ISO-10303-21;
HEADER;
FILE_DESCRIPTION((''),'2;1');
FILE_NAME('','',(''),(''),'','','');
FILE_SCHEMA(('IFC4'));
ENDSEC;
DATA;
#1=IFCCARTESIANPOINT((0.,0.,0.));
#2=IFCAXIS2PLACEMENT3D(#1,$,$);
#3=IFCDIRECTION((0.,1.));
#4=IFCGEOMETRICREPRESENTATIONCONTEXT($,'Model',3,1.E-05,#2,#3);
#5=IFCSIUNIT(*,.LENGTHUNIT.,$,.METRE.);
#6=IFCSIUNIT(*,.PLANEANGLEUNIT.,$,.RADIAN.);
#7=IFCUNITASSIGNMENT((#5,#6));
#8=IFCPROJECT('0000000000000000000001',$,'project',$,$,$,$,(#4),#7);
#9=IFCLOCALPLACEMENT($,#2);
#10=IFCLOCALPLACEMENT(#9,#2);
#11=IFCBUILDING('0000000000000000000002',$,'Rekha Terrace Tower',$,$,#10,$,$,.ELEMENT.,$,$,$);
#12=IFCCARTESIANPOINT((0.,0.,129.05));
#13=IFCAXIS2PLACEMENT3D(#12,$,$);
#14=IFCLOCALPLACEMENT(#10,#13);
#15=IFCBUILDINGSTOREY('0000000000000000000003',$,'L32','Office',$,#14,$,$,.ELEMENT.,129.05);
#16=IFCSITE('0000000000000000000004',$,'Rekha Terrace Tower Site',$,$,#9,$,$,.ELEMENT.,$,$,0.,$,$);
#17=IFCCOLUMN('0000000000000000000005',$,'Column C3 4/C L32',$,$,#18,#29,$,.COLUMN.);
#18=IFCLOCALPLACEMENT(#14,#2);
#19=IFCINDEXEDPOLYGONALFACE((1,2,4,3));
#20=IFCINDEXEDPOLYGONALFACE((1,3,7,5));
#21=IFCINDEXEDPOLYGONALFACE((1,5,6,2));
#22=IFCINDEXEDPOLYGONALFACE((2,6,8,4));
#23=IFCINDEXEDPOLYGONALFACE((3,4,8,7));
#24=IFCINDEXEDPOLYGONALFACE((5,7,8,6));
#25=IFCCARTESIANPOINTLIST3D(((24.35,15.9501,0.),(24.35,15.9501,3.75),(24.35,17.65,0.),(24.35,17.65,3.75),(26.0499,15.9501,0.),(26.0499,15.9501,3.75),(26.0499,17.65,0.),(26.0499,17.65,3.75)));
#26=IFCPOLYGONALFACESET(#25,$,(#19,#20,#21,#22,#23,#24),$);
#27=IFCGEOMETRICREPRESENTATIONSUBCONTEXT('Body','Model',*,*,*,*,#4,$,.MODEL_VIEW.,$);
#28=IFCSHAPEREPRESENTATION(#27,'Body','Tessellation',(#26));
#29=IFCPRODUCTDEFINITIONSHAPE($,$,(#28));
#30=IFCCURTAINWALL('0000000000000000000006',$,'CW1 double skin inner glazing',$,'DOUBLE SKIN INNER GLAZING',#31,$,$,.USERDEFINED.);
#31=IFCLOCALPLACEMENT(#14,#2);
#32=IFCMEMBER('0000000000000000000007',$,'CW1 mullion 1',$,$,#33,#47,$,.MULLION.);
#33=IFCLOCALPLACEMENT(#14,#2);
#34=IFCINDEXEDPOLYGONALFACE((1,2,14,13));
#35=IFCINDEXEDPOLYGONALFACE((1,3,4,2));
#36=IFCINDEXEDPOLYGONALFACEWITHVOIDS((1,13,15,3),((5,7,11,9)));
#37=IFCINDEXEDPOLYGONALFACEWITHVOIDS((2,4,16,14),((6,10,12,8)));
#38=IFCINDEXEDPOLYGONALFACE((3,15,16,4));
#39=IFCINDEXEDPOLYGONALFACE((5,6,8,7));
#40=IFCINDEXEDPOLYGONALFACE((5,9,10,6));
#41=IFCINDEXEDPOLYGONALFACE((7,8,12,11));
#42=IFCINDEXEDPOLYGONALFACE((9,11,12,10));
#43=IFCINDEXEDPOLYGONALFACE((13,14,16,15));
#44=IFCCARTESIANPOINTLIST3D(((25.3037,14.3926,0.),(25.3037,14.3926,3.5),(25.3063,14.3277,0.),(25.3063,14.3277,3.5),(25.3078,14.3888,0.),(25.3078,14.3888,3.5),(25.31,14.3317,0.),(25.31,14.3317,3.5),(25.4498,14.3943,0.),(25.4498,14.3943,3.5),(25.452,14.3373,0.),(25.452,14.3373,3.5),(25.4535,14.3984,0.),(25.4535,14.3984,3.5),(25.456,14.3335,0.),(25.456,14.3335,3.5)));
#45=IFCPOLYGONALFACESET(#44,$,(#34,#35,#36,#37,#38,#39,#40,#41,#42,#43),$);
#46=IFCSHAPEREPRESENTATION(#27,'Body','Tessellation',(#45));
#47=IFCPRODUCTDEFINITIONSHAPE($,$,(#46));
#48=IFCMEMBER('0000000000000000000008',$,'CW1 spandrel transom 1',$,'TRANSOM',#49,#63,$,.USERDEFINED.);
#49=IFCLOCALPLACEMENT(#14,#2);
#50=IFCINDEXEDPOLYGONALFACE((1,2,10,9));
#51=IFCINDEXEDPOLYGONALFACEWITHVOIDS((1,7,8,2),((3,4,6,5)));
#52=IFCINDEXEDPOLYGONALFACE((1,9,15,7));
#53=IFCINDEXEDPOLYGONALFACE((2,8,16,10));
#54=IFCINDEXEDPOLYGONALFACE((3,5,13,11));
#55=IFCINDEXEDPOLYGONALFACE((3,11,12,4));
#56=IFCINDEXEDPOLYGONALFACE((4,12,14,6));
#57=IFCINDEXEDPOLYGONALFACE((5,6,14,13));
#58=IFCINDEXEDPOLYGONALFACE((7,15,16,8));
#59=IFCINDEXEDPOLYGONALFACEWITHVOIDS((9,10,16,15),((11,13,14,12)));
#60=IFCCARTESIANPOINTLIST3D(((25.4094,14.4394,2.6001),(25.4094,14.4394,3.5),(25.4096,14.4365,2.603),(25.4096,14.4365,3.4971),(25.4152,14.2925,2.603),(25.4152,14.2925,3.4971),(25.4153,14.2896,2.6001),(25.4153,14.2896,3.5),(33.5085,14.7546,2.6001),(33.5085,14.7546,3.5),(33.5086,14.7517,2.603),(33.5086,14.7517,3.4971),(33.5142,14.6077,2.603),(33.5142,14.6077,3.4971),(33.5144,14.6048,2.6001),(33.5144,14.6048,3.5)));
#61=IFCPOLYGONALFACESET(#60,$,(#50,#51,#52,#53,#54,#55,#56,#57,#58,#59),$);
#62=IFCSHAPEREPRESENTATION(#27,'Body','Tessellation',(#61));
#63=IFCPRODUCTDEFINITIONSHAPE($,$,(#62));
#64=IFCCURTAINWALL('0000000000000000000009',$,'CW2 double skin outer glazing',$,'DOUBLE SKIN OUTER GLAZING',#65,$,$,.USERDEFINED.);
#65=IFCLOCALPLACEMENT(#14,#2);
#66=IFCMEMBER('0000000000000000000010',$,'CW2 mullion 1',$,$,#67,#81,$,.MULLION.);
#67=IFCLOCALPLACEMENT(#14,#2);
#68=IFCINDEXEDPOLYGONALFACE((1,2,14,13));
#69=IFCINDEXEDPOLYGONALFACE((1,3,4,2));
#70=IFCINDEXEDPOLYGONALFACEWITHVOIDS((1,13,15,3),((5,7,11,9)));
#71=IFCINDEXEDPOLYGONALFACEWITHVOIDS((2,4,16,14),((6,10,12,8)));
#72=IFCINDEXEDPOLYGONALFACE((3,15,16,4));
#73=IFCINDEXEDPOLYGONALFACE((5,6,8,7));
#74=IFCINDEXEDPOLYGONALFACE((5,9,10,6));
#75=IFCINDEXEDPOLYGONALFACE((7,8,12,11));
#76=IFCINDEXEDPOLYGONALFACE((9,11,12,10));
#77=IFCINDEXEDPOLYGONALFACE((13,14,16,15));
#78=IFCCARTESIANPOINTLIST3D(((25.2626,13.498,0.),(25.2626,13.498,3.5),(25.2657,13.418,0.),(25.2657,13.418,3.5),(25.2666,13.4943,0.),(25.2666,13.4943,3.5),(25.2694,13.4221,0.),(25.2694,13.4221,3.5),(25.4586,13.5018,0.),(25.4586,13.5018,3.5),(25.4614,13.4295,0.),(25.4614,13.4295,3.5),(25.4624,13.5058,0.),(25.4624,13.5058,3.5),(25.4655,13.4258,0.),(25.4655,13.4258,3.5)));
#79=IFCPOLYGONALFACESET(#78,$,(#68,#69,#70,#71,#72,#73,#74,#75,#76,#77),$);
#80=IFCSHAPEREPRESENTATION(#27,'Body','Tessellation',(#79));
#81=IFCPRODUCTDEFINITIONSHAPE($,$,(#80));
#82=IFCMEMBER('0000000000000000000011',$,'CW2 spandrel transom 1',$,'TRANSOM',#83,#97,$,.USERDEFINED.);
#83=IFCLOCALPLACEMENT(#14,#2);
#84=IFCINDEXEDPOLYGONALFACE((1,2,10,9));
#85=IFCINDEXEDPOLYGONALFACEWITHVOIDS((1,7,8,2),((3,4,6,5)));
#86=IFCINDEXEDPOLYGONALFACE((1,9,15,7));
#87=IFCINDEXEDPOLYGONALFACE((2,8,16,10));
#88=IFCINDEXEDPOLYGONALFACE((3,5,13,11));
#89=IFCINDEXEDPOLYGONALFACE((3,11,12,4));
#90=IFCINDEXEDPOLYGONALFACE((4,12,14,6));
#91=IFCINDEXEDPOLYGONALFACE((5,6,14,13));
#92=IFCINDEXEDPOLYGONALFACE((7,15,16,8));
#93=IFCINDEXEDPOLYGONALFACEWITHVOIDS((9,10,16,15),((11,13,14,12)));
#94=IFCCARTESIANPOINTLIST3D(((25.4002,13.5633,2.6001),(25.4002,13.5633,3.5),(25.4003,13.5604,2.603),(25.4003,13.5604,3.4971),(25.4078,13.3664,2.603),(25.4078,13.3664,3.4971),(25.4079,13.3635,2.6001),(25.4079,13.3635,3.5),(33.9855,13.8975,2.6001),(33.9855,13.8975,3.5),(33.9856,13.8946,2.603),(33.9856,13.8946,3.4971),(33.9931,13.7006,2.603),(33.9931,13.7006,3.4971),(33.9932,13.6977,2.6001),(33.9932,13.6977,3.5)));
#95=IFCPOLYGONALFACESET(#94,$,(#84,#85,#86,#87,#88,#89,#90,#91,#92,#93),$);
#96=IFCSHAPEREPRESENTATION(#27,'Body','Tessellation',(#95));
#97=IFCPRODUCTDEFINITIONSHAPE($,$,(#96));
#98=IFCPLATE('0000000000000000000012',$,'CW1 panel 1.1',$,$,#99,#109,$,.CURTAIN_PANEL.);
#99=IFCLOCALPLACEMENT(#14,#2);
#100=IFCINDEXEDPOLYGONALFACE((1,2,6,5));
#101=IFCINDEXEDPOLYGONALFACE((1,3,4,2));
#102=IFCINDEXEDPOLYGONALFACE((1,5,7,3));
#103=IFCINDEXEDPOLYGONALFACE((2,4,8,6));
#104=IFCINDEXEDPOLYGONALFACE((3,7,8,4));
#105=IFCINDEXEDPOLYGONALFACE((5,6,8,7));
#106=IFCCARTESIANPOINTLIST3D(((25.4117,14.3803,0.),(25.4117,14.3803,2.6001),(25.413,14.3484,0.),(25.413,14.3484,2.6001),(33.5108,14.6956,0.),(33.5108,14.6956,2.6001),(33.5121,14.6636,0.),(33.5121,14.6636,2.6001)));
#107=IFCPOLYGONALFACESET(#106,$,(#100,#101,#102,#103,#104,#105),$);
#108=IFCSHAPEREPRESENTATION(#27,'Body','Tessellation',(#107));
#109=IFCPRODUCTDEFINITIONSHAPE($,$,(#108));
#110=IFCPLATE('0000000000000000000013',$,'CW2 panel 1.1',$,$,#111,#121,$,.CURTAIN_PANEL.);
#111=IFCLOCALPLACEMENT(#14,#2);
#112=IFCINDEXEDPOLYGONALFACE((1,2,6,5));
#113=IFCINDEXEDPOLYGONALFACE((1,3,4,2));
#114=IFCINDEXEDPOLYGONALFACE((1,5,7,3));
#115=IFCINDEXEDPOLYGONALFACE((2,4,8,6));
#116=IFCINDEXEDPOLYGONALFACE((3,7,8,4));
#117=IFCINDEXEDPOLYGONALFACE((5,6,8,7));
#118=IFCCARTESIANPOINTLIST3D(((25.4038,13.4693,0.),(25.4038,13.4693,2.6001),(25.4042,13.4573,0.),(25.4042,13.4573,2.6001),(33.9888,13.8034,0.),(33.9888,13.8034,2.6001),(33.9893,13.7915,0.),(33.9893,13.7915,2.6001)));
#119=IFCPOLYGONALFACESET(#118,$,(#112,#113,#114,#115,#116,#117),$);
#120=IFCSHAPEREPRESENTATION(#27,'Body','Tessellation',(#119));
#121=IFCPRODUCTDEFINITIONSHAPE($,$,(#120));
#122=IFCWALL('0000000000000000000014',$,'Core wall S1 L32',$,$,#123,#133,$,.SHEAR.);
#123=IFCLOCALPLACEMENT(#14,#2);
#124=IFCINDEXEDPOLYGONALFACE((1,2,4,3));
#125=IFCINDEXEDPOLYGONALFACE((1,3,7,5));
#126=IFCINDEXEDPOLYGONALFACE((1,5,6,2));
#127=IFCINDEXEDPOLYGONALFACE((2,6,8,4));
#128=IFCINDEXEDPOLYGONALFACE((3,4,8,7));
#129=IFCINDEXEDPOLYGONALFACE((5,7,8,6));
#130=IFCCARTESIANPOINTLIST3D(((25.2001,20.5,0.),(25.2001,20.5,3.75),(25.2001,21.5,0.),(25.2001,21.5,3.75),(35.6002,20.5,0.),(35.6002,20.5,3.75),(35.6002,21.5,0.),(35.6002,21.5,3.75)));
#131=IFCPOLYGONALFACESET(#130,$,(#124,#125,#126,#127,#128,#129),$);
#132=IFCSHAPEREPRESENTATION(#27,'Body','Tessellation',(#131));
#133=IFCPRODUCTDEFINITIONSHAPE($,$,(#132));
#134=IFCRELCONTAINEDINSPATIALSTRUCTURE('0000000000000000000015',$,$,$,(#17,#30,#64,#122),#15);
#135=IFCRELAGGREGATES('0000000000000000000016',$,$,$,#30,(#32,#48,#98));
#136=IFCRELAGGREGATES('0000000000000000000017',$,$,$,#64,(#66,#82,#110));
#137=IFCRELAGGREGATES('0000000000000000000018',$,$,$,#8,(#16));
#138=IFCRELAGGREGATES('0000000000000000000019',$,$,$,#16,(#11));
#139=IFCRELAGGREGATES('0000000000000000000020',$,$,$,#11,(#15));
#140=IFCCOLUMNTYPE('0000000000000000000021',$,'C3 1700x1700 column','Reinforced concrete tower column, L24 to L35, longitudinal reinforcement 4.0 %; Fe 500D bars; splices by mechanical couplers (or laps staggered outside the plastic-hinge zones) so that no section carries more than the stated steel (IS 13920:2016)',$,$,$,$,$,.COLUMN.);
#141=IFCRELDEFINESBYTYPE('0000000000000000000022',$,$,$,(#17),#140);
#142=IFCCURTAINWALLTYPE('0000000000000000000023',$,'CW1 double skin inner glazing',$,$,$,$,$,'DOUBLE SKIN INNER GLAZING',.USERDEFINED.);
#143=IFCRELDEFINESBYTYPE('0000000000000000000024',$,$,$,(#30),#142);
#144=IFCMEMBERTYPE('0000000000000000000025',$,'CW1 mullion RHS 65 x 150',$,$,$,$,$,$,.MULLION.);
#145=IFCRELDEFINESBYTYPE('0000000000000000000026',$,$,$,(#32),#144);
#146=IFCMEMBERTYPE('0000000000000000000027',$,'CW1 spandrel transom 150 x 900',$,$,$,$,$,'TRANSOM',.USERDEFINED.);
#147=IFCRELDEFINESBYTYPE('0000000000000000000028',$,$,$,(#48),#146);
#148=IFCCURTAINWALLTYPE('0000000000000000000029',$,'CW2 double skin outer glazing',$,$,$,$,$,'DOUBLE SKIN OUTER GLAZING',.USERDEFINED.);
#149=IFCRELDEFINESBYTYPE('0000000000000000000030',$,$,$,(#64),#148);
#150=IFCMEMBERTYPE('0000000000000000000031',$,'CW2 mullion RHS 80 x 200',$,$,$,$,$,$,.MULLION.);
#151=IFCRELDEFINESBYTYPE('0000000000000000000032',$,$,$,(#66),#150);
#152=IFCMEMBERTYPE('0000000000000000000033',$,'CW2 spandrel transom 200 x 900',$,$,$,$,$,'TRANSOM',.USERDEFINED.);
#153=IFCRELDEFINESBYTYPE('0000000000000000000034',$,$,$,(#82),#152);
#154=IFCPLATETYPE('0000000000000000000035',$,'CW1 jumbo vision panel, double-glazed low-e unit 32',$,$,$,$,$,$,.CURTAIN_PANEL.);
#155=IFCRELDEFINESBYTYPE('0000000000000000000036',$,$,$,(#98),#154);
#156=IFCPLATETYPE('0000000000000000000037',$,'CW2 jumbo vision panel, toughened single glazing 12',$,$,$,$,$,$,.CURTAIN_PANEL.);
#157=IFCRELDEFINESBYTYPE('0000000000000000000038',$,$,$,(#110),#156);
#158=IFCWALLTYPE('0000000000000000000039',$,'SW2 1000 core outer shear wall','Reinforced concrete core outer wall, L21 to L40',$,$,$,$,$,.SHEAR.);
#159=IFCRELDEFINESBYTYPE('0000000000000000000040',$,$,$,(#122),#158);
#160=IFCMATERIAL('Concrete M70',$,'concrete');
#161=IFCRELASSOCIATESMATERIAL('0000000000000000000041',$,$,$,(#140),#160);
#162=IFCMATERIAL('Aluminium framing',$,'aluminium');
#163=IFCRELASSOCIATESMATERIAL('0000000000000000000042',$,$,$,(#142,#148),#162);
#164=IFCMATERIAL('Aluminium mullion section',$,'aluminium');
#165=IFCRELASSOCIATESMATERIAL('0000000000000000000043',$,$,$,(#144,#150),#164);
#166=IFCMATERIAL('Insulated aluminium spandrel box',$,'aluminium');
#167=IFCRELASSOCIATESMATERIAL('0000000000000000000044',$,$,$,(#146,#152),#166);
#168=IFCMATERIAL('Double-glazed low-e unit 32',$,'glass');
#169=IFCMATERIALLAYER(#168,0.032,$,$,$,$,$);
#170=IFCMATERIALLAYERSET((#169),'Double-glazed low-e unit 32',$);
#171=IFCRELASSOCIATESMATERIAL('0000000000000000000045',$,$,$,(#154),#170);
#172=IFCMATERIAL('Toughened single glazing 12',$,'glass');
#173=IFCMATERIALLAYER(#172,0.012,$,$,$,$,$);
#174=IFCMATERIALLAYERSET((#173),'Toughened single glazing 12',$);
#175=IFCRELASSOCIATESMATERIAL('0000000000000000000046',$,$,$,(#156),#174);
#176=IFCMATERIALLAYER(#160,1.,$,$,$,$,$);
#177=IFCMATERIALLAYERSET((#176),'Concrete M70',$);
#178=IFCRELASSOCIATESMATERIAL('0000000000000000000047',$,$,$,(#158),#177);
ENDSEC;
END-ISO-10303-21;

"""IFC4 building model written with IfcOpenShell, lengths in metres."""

from ifc_helpers import new_model, si_unit, direction, frame, frame_2d, origin, origin_2d, place, context, subcontext, project, spatial, rectangle, hollow_rectangle, extrude, material, layer, layer_set, material_profile, profile_set, type_object, element, aggregate, save


model = new_model("IFC4")

# Units and contexts
model_context = context("Model", 3, precision=1e-05, world=origin(), true_north=direction((0.0, 1.0)))
body_context = subcontext(model_context, "Body", "Model", "MODEL_VIEW")
ifc_project = project(units=[si_unit("LENGTHUNIT", "METRE"), si_unit("PLANEANGLEUNIT", "RADIAN")], contexts=[model_context])

# Site, building, storey
site_placement = place(None, origin())
site = spatial("IfcSite", under=ifc_project, at=site_placement, Name="Rekha Terrace Tower Site", CompositionType="ELEMENT", RefElevation=0.0)
building_placement = place(site_placement, origin())
building = spatial("IfcBuilding", under=site, at=building_placement, Name="Rekha Terrace Tower", CompositionType="ELEMENT")
storey_placement = place(building_placement, frame((0.0, 0.0, 129.05)))
storey = spatial("IfcBuildingStorey", under=building, at=storey_placement, Name="L32", Description="Office", CompositionType="ELEMENT", Elevation=129.05)

# Column
ifc_material_1 = material(Name="Concrete M70", Category="concrete")
ifc_material_profile_1 = material_profile(ifc_material_1, rectangle(XDim=1.7, YDim=1.7, at=origin_2d()), Name="RC 1700x1700")
ifc_profile_set_1 = profile_set([ifc_material_profile_1], Name="Concrete M70")
column_type = type_object("IfcColumnType", Name="C3 1700x1700 column", Description="Reinforced concrete tower column, L24 to L35, longitudinal reinforcement 4.0 %; Fe 500D bars; splices by mechanical couplers (or laps staggered outside the plastic-hinge zones) so that no section carries more than the stated steel (IS 13920:2016)", PredefinedType="COLUMN", material=ifc_profile_set_1)
column_placement = place(storey_placement, frame((25.2, 16.8, 0.0), z_axis=(0.0, 0.0, 1.0), x_axis=(1.0, 0.0, 0.0)))
element("IfcColumn", 1, at=column_placement, inside=storey, type_object=column_type, Name="Column C3 4/C L32", PredefinedType="COLUMN", context=body_context, shape_type="SweptSolid", body=[
    extrude(rectangle(XDim=1.7, YDim=1.7, at=origin_2d()), origin(), (0.0, 0.0, 1.0), 3.75),
])

# Curtain walls, members
ifc_material_2 = material(Name="Aluminium framing", Category="aluminium")
curtain_wall_type_1 = type_object("IfcCurtainWallType", Name="CW1 double skin inner glazing", ElementType="DOUBLE SKIN INNER GLAZING", PredefinedType="USERDEFINED", material=ifc_material_2)
curtain_wall_1_placement = place(storey_placement, origin())
curtain_wall_1 = element("IfcCurtainWall", 2, at=curtain_wall_1_placement, inside=storey, type_object=curtain_wall_type_1, Name="CW1 double skin inner glazing", ObjectType="DOUBLE SKIN INNER GLAZING", PredefinedType="USERDEFINED")
ifc_material_3 = material(Name="Aluminium mullion section", Category="aluminium")
ifc_material_profile_2 = material_profile(ifc_material_3, hollow_rectangle(XDim=0.0649, YDim=0.1499, WallThickness=0.0039, at=origin_2d()), Name="AL RHS 65x150")
ifc_profile_set_2 = profile_set([ifc_material_profile_2], Name="Aluminium mullion section")
member_type_1 = type_object("IfcMemberType", Name="CW1 mullion RHS 65 x 150", PredefinedType="MULLION", material=ifc_profile_set_2)
member_1_placement = place(storey_placement, frame((25.3799, 14.363, 0.0), z_axis=(0.0, 0.0, 1.0), x_axis=(-0.03889, 0.999243, 0.0)))
member_1 = element("IfcMember", 3, at=member_1_placement, type_object=member_type_1, Name="CW1 mullion 1", PredefinedType="MULLION", context=body_context, shape_type="SweptSolid", body=[
    extrude(hollow_rectangle(XDim=0.0649, YDim=0.1499, WallThickness=0.0039, at=origin_2d()), origin(), (0.0, 0.0, 1.0), 3.5),
])
ifc_material_4 = material(Name="Insulated aluminium spandrel box", Category="aluminium")
ifc_material_profile_3 = material_profile(ifc_material_4, hollow_rectangle(XDim=0.1499, YDim=0.8999, WallThickness=0.0029, at=origin_2d()), Name="AL SPANDREL BOX 150x900")
ifc_profile_set_3 = profile_set([ifc_material_profile_3], Name="Insulated aluminium spandrel box")
member_type_2 = type_object("IfcMemberType", Name="CW1 spandrel transom 150 x 900", ElementType="TRANSOM", PredefinedType="USERDEFINED", material=ifc_profile_set_3)
member_2_placement = place(storey_placement, frame((25.4124, 14.3645, 3.05), z_axis=(0.999244, 0.038887, 0.0), x_axis=(-0.038887, 0.999244, 0.0)))
member_2 = element("IfcMember", 4, at=member_2_placement, type_object=member_type_2, Name="CW1 spandrel transom 1", ObjectType="TRANSOM", PredefinedType="USERDEFINED", context=body_context, shape_type="SweptSolid", body=[
    extrude(hollow_rectangle(XDim=0.1499, YDim=0.8999, WallThickness=0.0029, at=origin_2d()), origin(), (0.0, 0.0, 1.0), 8.1052),
])
curtain_wall_type_2 = type_object("IfcCurtainWallType", Name="CW2 double skin outer glazing", ElementType="DOUBLE SKIN OUTER GLAZING", PredefinedType="USERDEFINED", material=ifc_material_2)
curtain_wall_2_placement = place(storey_placement, origin())
curtain_wall_2 = element("IfcCurtainWall", 5, at=curtain_wall_2_placement, inside=storey, type_object=curtain_wall_type_2, Name="CW2 double skin outer glazing", ObjectType="DOUBLE SKIN OUTER GLAZING", PredefinedType="USERDEFINED")
ifc_material_profile_4 = material_profile(ifc_material_3, hollow_rectangle(XDim=0.0801, YDim=0.2, WallThickness=0.0039, at=origin_2d()), Name="AL RHS 80x200")
ifc_profile_set_4 = profile_set([ifc_material_profile_4], Name="Aluminium mullion section")
member_type_3 = type_object("IfcMemberType", Name="CW2 mullion RHS 80 x 200", PredefinedType="MULLION", material=ifc_profile_set_4)
member_3_placement = place(storey_placement, frame((25.364, 13.4619, 0.0), z_axis=(0.0, 0.0, 1.0), x_axis=(-0.03889, 0.999243, 0.0)))
member_3 = element("IfcMember", 6, at=member_3_placement, type_object=member_type_3, Name="CW2 mullion 1", PredefinedType="MULLION", context=body_context, shape_type="SweptSolid", body=[
    extrude(hollow_rectangle(XDim=0.0801, YDim=0.2, WallThickness=0.0039, at=origin_2d()), origin(), (0.0, 0.0, 1.0), 3.5),
])
ifc_material_profile_5 = material_profile(ifc_material_4, hollow_rectangle(XDim=0.2, YDim=0.8999, WallThickness=0.0029, at=origin_2d()), Name="AL SPANDREL BOX 200x900")
ifc_profile_set_5 = profile_set([ifc_material_profile_5], Name="Insulated aluminium spandrel box")
member_type_4 = type_object("IfcMemberType", Name="CW2 spandrel transom 200 x 900", ElementType="TRANSOM", PredefinedType="USERDEFINED", material=ifc_profile_set_5)
member_4_placement = place(storey_placement, frame((25.4041, 13.4634, 3.05), z_axis=(0.999243, 0.038901, 0.0), x_axis=(-0.038901, 0.999243, 0.0)))
member_4 = element("IfcMember", 7, at=member_4_placement, type_object=member_type_4, Name="CW2 spandrel transom 1", ObjectType="TRANSOM", PredefinedType="USERDEFINED", context=body_context, shape_type="SweptSolid", body=[
    extrude(hollow_rectangle(XDim=0.2, YDim=0.8999, WallThickness=0.0029, at=origin_2d()), origin(), (0.0, 0.0, 1.0), 8.5918),
])

# Plates
ifc_material_5 = material(Name="Double-glazed low-e unit 32", Category="glass")
ifc_layer_1 = layer(ifc_material_5, 0.032)
ifc_layer_set_1 = layer_set([ifc_layer_1], Name="Double-glazed low-e unit 32")
plate_type_1 = type_object("IfcPlateType", Name="CW1 jumbo vision panel, double-glazed low-e unit 32", PredefinedType="CURTAIN_PANEL", material=ifc_layer_set_1)
plate_1_placement = place(storey_placement, frame((29.4619, 14.522, 0.0), z_axis=(0.0, 0.0, 1.0), x_axis=(0.999243, 0.03889, 0.0)))
plate_1 = element("IfcPlate", 8, at=plate_1_placement, type_object=plate_type_1, Name="CW1 panel 1.1", PredefinedType="CURTAIN_PANEL", context=body_context, shape_type="SweptSolid", body=[
    extrude(rectangle(XDim=8.1052, YDim=0.032, at=origin_2d()), origin(), (0.0, 0.0, 1.0), 2.6001),
])
aggregate(curtain_wall_1, [member_1, member_2, plate_1])
ifc_material_6 = material(Name="Toughened single glazing 12", Category="glass")
ifc_layer_2 = layer(ifc_material_6, 0.012)
ifc_layer_set_2 = layer_set([ifc_layer_2], Name="Toughened single glazing 12")
plate_type_2 = type_object("IfcPlateType", Name="CW2 jumbo vision panel, toughened single glazing 12", PredefinedType="CURTAIN_PANEL", material=ifc_layer_set_2)
plate_2_placement = place(storey_placement, frame((29.6965, 13.6304, 0.0), z_axis=(0.0, 0.0, 1.0), x_axis=(0.999243, 0.03889, 0.0)))
plate_2 = element("IfcPlate", 9, at=plate_2_placement, type_object=plate_type_2, Name="CW2 panel 1.1", PredefinedType="CURTAIN_PANEL", context=body_context, shape_type="SweptSolid", body=[
    extrude(rectangle(XDim=8.5916, YDim=0.012, at=origin_2d()), origin(), (0.0, 0.0, 1.0), 2.6001),
])
aggregate(curtain_wall_2, [member_3, member_4, plate_2])

# Wall
ifc_layer_3 = layer(ifc_material_1, 1.0)
ifc_layer_set_3 = layer_set([ifc_layer_3], Name="Concrete M70")
wall_type_1 = type_object("IfcWallType", Name="SW2 1000 core outer shear wall", Description="Reinforced concrete core outer wall, L21 to L40", PredefinedType="SHEAR", material=ifc_layer_set_3)
wall_1_placement = place(storey_placement, frame((25.2, 21.0, 0.0), z_axis=(0.0, 0.0, 1.0), x_axis=(1.0, 0.0, 0.0)))
element("IfcWall", 10, at=wall_1_placement, inside=storey, type_object=wall_type_1, Name="Core wall S1 L32", PredefinedType="SHEAR", context=body_context, shape_type="SweptSolid", body=[
    extrude(rectangle(XDim=10.4001, YDim=1.0, at=frame_2d((5.2002, 0.0))), origin(), (0.0, 0.0, 1.0), 3.75),
])

save(model, "model.ifc")
